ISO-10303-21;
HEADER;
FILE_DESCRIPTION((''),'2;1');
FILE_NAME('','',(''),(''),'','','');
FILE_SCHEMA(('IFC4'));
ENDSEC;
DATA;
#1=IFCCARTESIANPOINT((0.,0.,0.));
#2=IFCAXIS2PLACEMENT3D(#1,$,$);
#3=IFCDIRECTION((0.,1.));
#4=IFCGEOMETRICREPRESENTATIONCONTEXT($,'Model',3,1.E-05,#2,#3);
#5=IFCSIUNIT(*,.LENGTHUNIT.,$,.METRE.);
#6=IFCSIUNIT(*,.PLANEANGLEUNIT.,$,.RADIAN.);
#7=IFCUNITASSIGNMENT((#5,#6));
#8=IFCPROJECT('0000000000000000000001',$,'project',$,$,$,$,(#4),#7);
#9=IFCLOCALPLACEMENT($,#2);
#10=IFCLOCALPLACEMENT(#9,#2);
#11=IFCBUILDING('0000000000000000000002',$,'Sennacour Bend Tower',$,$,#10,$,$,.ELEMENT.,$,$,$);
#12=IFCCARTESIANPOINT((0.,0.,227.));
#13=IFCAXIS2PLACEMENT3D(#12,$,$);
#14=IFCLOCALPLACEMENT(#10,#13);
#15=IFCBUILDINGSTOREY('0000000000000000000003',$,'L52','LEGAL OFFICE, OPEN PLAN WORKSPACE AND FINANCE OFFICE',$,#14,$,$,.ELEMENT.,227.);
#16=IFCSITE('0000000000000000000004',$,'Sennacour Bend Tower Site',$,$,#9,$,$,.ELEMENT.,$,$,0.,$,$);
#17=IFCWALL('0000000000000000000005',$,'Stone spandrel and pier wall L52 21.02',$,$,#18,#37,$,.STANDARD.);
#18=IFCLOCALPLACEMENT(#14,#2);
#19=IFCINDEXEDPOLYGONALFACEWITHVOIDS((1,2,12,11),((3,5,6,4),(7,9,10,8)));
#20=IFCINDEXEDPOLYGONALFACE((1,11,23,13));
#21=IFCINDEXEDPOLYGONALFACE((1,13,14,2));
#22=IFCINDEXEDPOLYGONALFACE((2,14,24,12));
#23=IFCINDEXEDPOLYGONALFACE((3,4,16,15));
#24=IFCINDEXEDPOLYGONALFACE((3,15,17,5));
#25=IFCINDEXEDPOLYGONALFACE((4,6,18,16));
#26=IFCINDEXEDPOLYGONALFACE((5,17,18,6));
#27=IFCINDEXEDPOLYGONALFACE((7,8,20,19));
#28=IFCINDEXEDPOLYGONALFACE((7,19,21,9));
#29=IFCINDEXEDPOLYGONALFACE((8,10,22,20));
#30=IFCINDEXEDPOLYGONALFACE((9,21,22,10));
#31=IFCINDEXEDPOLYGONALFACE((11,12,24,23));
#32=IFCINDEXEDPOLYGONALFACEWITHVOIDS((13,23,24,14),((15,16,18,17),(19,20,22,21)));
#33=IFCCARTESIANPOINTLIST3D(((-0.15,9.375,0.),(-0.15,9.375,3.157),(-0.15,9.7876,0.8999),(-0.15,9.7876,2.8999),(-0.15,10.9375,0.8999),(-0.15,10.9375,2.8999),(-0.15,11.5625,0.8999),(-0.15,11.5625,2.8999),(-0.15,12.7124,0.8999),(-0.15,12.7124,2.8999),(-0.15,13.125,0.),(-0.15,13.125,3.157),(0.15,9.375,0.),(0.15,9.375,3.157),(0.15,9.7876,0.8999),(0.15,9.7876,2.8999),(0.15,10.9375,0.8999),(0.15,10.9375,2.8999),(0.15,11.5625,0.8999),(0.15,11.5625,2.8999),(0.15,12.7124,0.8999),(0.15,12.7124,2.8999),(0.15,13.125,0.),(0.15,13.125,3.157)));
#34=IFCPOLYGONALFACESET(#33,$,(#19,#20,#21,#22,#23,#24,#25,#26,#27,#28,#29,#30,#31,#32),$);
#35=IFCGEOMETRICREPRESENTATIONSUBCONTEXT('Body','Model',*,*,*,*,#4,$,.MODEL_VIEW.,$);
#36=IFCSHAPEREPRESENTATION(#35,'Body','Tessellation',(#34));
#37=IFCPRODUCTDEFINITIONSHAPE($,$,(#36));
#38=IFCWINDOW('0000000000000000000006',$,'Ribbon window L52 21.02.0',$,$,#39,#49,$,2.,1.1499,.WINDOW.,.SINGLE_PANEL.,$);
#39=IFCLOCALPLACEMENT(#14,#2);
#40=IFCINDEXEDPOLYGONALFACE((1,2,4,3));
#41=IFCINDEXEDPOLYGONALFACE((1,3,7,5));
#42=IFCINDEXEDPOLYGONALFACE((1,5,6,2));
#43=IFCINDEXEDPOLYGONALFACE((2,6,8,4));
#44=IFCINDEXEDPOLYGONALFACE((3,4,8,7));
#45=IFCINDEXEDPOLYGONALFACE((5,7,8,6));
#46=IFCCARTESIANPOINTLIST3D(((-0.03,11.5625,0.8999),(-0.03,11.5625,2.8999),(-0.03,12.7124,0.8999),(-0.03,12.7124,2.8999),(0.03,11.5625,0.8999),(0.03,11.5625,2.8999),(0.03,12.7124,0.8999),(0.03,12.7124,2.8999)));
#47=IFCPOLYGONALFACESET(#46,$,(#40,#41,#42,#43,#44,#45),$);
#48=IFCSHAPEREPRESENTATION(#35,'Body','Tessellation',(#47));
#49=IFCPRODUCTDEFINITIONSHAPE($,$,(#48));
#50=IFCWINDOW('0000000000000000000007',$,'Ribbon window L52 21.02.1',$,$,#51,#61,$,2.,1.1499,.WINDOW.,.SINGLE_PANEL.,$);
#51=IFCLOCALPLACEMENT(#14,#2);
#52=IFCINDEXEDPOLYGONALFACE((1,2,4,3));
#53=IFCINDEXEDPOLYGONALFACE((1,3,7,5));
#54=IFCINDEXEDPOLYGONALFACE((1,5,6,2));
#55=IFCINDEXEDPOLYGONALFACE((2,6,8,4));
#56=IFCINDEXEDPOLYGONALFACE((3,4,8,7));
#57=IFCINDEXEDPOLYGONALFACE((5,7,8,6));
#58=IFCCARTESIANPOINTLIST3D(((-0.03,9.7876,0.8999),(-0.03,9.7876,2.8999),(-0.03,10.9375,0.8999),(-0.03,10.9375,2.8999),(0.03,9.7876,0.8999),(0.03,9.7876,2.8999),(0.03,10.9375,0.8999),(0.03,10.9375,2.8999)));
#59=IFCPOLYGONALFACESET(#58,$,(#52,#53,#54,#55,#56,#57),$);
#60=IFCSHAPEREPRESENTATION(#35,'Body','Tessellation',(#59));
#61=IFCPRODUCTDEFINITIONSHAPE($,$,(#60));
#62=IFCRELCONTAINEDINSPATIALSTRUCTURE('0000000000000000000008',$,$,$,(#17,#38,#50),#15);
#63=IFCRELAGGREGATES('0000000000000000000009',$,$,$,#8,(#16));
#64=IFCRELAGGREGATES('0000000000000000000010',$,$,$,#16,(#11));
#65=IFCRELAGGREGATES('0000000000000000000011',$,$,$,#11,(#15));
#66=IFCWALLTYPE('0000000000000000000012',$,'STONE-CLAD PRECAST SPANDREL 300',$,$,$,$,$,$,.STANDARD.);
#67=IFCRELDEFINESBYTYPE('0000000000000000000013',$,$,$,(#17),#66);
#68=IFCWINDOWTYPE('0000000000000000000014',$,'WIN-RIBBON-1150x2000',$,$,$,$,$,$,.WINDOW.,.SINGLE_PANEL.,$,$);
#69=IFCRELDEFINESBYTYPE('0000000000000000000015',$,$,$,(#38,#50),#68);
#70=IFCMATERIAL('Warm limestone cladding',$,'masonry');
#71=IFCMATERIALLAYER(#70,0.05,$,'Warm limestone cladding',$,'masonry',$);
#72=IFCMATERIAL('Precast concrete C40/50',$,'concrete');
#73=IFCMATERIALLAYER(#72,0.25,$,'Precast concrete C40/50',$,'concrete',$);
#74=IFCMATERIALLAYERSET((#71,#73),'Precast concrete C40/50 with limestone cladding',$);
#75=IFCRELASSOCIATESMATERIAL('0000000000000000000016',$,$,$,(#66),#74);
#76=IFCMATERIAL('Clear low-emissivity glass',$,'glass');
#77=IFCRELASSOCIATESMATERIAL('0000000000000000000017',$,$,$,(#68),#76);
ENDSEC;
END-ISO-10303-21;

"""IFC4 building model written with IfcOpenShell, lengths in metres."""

from ifc_helpers import new_model, si_unit, direction, frame, frame_2d, origin, place, context, subcontext, project, spatial, rectangle, extrude, material, layer, layer_set, type_object, element, fill, save


model = new_model("IFC4")

# Units and contexts
model_context = context("Model", 3, precision=1e-05, world=origin(), true_north=direction((0.0, 1.0)))
body_context = subcontext(model_context, "Body", "Model", "MODEL_VIEW")
ifc_project = project(units=[si_unit("LENGTHUNIT", "METRE"), si_unit("PLANEANGLEUNIT", "RADIAN")], contexts=[model_context])

# Site, building, storey
site_placement = place(None, origin())
site = spatial("IfcSite", under=ifc_project, at=site_placement, Name="Sennacour Bend Tower Site", CompositionType="ELEMENT", RefElevation=0.0)
building_placement = place(site_placement, origin())
building = spatial("IfcBuilding", under=site, at=building_placement, Name="Sennacour Bend Tower", CompositionType="ELEMENT")
storey_placement = place(building_placement, frame((0.0, 0.0, 227.0)))
storey = spatial("IfcBuildingStorey", under=building, at=storey_placement, Name="L52", Description="LEGAL OFFICE, OPEN PLAN WORKSPACE AND FINANCE OFFICE", CompositionType="ELEMENT", Elevation=227.0)

# Wall, openings, windows
ifc_material_1 = material(Name="Warm limestone cladding", Category="masonry")
ifc_layer_1 = layer(ifc_material_1, 0.05, Name="Warm limestone cladding", Category="masonry")
ifc_material_2 = material(Name="Precast concrete C40/50", Category="concrete")
ifc_layer_2 = layer(ifc_material_2, 0.25, Name="Precast concrete C40/50", Category="concrete")
ifc_layer_set_1 = layer_set([ifc_layer_1, ifc_layer_2], Name="Precast concrete C40/50 with limestone cladding")
wall_type_1 = type_object("IfcWallType", Name="STONE-CLAD PRECAST SPANDREL 300", PredefinedType="STANDARD", material=ifc_layer_set_1)
ifc_material_3 = material(Name="Clear low-emissivity glass", Category="glass")
window_type = type_object("IfcWindowType", Name="WIN-RIBBON-1150x2000", PartitioningType="SINGLE_PANEL", PredefinedType="WINDOW", material=ifc_material_3)
wall_1_placement = place(storey_placement, frame((0.0, 13.125, 0.0), z_axis=(0.0, 0.0, 1.0), x_axis=(0.0, -1.0, 0.0)))
wall_1 = element("IfcWall", 1, at=wall_1_placement, inside=storey, type_object=wall_type_1, Name="Stone spandrel and pier wall L52 21.02", PredefinedType="STANDARD", context=body_context, shape_type="SweptSolid", body=[
    extrude(rectangle(XDim=3.75, YDim=0.3, at=frame_2d((1.875, 0.0))), origin(), (0.0, 0.0, 1.0), 3.157),
])
opening_1_placement = place(wall_1_placement, frame((0.4126, 0.0, 0.8999)))
opening_1 = element("IfcOpeningElement", 2, at=opening_1_placement, cuts=wall_1, PredefinedType="OPENING", context=body_context, shape_type="SweptSolid", body=[
    extrude(rectangle(XDim=1.1499, YDim=2.0, at=frame_2d((0.575, 1.0))), frame((0.0, 0.1602, 0.0), z_axis=(0.0, -1.0, 0.0), x_axis=(1.0, 0.0, 0.0)), (0.0, 0.0, 1.0), 0.3201),
])
opening_2_placement = place(wall_1_placement, frame((2.1875, 0.0, 0.8999)))
opening_2 = element("IfcOpeningElement", 3, at=opening_2_placement, cuts=wall_1, PredefinedType="OPENING", context=body_context, shape_type="SweptSolid", body=[
    extrude(rectangle(XDim=1.1499, YDim=2.0, at=frame_2d((0.575, 1.0))), frame((0.0, 0.1602, 0.0), z_axis=(0.0, -1.0, 0.0), x_axis=(1.0, 0.0, 0.0)), (0.0, 0.0, 1.0), 0.3201),
])
window_1_placement = place(opening_1_placement, origin())
window_1 = element("IfcWindow", 4, at=window_1_placement, inside=storey, type_object=window_type, Name="Ribbon window L52 21.02.0", OverallHeight=2.0, OverallWidth=1.1499, PartitioningType="SINGLE_PANEL", PredefinedType="WINDOW", context=body_context, shape_type="SweptSolid", body=[
    extrude(rectangle(XDim=1.1499, YDim=2.0, at=frame_2d((0.575, 1.0))), frame((0.0, 0.03, 0.0), z_axis=(0.0, -1.0, 0.0), x_axis=(1.0, 0.0, 0.0)), (0.0, 0.0, 1.0), 0.0601),
])
fill(opening_1, window_1)
window_2_placement = place(opening_2_placement, origin())
window_2 = element("IfcWindow", 5, at=window_2_placement, inside=storey, type_object=window_type, Name="Ribbon window L52 21.02.1", OverallHeight=2.0, OverallWidth=1.1499, PartitioningType="SINGLE_PANEL", PredefinedType="WINDOW", context=body_context, shape_type="SweptSolid", body=[
    extrude(rectangle(XDim=1.1499, YDim=2.0, at=frame_2d((0.575, 1.0))), frame((0.0, 0.03, 0.0), z_axis=(0.0, -1.0, 0.0), x_axis=(1.0, 0.0, 0.0)), (0.0, 0.0, 1.0), 0.0601),
])
fill(opening_2, window_2)

save(model, "model.ifc")
